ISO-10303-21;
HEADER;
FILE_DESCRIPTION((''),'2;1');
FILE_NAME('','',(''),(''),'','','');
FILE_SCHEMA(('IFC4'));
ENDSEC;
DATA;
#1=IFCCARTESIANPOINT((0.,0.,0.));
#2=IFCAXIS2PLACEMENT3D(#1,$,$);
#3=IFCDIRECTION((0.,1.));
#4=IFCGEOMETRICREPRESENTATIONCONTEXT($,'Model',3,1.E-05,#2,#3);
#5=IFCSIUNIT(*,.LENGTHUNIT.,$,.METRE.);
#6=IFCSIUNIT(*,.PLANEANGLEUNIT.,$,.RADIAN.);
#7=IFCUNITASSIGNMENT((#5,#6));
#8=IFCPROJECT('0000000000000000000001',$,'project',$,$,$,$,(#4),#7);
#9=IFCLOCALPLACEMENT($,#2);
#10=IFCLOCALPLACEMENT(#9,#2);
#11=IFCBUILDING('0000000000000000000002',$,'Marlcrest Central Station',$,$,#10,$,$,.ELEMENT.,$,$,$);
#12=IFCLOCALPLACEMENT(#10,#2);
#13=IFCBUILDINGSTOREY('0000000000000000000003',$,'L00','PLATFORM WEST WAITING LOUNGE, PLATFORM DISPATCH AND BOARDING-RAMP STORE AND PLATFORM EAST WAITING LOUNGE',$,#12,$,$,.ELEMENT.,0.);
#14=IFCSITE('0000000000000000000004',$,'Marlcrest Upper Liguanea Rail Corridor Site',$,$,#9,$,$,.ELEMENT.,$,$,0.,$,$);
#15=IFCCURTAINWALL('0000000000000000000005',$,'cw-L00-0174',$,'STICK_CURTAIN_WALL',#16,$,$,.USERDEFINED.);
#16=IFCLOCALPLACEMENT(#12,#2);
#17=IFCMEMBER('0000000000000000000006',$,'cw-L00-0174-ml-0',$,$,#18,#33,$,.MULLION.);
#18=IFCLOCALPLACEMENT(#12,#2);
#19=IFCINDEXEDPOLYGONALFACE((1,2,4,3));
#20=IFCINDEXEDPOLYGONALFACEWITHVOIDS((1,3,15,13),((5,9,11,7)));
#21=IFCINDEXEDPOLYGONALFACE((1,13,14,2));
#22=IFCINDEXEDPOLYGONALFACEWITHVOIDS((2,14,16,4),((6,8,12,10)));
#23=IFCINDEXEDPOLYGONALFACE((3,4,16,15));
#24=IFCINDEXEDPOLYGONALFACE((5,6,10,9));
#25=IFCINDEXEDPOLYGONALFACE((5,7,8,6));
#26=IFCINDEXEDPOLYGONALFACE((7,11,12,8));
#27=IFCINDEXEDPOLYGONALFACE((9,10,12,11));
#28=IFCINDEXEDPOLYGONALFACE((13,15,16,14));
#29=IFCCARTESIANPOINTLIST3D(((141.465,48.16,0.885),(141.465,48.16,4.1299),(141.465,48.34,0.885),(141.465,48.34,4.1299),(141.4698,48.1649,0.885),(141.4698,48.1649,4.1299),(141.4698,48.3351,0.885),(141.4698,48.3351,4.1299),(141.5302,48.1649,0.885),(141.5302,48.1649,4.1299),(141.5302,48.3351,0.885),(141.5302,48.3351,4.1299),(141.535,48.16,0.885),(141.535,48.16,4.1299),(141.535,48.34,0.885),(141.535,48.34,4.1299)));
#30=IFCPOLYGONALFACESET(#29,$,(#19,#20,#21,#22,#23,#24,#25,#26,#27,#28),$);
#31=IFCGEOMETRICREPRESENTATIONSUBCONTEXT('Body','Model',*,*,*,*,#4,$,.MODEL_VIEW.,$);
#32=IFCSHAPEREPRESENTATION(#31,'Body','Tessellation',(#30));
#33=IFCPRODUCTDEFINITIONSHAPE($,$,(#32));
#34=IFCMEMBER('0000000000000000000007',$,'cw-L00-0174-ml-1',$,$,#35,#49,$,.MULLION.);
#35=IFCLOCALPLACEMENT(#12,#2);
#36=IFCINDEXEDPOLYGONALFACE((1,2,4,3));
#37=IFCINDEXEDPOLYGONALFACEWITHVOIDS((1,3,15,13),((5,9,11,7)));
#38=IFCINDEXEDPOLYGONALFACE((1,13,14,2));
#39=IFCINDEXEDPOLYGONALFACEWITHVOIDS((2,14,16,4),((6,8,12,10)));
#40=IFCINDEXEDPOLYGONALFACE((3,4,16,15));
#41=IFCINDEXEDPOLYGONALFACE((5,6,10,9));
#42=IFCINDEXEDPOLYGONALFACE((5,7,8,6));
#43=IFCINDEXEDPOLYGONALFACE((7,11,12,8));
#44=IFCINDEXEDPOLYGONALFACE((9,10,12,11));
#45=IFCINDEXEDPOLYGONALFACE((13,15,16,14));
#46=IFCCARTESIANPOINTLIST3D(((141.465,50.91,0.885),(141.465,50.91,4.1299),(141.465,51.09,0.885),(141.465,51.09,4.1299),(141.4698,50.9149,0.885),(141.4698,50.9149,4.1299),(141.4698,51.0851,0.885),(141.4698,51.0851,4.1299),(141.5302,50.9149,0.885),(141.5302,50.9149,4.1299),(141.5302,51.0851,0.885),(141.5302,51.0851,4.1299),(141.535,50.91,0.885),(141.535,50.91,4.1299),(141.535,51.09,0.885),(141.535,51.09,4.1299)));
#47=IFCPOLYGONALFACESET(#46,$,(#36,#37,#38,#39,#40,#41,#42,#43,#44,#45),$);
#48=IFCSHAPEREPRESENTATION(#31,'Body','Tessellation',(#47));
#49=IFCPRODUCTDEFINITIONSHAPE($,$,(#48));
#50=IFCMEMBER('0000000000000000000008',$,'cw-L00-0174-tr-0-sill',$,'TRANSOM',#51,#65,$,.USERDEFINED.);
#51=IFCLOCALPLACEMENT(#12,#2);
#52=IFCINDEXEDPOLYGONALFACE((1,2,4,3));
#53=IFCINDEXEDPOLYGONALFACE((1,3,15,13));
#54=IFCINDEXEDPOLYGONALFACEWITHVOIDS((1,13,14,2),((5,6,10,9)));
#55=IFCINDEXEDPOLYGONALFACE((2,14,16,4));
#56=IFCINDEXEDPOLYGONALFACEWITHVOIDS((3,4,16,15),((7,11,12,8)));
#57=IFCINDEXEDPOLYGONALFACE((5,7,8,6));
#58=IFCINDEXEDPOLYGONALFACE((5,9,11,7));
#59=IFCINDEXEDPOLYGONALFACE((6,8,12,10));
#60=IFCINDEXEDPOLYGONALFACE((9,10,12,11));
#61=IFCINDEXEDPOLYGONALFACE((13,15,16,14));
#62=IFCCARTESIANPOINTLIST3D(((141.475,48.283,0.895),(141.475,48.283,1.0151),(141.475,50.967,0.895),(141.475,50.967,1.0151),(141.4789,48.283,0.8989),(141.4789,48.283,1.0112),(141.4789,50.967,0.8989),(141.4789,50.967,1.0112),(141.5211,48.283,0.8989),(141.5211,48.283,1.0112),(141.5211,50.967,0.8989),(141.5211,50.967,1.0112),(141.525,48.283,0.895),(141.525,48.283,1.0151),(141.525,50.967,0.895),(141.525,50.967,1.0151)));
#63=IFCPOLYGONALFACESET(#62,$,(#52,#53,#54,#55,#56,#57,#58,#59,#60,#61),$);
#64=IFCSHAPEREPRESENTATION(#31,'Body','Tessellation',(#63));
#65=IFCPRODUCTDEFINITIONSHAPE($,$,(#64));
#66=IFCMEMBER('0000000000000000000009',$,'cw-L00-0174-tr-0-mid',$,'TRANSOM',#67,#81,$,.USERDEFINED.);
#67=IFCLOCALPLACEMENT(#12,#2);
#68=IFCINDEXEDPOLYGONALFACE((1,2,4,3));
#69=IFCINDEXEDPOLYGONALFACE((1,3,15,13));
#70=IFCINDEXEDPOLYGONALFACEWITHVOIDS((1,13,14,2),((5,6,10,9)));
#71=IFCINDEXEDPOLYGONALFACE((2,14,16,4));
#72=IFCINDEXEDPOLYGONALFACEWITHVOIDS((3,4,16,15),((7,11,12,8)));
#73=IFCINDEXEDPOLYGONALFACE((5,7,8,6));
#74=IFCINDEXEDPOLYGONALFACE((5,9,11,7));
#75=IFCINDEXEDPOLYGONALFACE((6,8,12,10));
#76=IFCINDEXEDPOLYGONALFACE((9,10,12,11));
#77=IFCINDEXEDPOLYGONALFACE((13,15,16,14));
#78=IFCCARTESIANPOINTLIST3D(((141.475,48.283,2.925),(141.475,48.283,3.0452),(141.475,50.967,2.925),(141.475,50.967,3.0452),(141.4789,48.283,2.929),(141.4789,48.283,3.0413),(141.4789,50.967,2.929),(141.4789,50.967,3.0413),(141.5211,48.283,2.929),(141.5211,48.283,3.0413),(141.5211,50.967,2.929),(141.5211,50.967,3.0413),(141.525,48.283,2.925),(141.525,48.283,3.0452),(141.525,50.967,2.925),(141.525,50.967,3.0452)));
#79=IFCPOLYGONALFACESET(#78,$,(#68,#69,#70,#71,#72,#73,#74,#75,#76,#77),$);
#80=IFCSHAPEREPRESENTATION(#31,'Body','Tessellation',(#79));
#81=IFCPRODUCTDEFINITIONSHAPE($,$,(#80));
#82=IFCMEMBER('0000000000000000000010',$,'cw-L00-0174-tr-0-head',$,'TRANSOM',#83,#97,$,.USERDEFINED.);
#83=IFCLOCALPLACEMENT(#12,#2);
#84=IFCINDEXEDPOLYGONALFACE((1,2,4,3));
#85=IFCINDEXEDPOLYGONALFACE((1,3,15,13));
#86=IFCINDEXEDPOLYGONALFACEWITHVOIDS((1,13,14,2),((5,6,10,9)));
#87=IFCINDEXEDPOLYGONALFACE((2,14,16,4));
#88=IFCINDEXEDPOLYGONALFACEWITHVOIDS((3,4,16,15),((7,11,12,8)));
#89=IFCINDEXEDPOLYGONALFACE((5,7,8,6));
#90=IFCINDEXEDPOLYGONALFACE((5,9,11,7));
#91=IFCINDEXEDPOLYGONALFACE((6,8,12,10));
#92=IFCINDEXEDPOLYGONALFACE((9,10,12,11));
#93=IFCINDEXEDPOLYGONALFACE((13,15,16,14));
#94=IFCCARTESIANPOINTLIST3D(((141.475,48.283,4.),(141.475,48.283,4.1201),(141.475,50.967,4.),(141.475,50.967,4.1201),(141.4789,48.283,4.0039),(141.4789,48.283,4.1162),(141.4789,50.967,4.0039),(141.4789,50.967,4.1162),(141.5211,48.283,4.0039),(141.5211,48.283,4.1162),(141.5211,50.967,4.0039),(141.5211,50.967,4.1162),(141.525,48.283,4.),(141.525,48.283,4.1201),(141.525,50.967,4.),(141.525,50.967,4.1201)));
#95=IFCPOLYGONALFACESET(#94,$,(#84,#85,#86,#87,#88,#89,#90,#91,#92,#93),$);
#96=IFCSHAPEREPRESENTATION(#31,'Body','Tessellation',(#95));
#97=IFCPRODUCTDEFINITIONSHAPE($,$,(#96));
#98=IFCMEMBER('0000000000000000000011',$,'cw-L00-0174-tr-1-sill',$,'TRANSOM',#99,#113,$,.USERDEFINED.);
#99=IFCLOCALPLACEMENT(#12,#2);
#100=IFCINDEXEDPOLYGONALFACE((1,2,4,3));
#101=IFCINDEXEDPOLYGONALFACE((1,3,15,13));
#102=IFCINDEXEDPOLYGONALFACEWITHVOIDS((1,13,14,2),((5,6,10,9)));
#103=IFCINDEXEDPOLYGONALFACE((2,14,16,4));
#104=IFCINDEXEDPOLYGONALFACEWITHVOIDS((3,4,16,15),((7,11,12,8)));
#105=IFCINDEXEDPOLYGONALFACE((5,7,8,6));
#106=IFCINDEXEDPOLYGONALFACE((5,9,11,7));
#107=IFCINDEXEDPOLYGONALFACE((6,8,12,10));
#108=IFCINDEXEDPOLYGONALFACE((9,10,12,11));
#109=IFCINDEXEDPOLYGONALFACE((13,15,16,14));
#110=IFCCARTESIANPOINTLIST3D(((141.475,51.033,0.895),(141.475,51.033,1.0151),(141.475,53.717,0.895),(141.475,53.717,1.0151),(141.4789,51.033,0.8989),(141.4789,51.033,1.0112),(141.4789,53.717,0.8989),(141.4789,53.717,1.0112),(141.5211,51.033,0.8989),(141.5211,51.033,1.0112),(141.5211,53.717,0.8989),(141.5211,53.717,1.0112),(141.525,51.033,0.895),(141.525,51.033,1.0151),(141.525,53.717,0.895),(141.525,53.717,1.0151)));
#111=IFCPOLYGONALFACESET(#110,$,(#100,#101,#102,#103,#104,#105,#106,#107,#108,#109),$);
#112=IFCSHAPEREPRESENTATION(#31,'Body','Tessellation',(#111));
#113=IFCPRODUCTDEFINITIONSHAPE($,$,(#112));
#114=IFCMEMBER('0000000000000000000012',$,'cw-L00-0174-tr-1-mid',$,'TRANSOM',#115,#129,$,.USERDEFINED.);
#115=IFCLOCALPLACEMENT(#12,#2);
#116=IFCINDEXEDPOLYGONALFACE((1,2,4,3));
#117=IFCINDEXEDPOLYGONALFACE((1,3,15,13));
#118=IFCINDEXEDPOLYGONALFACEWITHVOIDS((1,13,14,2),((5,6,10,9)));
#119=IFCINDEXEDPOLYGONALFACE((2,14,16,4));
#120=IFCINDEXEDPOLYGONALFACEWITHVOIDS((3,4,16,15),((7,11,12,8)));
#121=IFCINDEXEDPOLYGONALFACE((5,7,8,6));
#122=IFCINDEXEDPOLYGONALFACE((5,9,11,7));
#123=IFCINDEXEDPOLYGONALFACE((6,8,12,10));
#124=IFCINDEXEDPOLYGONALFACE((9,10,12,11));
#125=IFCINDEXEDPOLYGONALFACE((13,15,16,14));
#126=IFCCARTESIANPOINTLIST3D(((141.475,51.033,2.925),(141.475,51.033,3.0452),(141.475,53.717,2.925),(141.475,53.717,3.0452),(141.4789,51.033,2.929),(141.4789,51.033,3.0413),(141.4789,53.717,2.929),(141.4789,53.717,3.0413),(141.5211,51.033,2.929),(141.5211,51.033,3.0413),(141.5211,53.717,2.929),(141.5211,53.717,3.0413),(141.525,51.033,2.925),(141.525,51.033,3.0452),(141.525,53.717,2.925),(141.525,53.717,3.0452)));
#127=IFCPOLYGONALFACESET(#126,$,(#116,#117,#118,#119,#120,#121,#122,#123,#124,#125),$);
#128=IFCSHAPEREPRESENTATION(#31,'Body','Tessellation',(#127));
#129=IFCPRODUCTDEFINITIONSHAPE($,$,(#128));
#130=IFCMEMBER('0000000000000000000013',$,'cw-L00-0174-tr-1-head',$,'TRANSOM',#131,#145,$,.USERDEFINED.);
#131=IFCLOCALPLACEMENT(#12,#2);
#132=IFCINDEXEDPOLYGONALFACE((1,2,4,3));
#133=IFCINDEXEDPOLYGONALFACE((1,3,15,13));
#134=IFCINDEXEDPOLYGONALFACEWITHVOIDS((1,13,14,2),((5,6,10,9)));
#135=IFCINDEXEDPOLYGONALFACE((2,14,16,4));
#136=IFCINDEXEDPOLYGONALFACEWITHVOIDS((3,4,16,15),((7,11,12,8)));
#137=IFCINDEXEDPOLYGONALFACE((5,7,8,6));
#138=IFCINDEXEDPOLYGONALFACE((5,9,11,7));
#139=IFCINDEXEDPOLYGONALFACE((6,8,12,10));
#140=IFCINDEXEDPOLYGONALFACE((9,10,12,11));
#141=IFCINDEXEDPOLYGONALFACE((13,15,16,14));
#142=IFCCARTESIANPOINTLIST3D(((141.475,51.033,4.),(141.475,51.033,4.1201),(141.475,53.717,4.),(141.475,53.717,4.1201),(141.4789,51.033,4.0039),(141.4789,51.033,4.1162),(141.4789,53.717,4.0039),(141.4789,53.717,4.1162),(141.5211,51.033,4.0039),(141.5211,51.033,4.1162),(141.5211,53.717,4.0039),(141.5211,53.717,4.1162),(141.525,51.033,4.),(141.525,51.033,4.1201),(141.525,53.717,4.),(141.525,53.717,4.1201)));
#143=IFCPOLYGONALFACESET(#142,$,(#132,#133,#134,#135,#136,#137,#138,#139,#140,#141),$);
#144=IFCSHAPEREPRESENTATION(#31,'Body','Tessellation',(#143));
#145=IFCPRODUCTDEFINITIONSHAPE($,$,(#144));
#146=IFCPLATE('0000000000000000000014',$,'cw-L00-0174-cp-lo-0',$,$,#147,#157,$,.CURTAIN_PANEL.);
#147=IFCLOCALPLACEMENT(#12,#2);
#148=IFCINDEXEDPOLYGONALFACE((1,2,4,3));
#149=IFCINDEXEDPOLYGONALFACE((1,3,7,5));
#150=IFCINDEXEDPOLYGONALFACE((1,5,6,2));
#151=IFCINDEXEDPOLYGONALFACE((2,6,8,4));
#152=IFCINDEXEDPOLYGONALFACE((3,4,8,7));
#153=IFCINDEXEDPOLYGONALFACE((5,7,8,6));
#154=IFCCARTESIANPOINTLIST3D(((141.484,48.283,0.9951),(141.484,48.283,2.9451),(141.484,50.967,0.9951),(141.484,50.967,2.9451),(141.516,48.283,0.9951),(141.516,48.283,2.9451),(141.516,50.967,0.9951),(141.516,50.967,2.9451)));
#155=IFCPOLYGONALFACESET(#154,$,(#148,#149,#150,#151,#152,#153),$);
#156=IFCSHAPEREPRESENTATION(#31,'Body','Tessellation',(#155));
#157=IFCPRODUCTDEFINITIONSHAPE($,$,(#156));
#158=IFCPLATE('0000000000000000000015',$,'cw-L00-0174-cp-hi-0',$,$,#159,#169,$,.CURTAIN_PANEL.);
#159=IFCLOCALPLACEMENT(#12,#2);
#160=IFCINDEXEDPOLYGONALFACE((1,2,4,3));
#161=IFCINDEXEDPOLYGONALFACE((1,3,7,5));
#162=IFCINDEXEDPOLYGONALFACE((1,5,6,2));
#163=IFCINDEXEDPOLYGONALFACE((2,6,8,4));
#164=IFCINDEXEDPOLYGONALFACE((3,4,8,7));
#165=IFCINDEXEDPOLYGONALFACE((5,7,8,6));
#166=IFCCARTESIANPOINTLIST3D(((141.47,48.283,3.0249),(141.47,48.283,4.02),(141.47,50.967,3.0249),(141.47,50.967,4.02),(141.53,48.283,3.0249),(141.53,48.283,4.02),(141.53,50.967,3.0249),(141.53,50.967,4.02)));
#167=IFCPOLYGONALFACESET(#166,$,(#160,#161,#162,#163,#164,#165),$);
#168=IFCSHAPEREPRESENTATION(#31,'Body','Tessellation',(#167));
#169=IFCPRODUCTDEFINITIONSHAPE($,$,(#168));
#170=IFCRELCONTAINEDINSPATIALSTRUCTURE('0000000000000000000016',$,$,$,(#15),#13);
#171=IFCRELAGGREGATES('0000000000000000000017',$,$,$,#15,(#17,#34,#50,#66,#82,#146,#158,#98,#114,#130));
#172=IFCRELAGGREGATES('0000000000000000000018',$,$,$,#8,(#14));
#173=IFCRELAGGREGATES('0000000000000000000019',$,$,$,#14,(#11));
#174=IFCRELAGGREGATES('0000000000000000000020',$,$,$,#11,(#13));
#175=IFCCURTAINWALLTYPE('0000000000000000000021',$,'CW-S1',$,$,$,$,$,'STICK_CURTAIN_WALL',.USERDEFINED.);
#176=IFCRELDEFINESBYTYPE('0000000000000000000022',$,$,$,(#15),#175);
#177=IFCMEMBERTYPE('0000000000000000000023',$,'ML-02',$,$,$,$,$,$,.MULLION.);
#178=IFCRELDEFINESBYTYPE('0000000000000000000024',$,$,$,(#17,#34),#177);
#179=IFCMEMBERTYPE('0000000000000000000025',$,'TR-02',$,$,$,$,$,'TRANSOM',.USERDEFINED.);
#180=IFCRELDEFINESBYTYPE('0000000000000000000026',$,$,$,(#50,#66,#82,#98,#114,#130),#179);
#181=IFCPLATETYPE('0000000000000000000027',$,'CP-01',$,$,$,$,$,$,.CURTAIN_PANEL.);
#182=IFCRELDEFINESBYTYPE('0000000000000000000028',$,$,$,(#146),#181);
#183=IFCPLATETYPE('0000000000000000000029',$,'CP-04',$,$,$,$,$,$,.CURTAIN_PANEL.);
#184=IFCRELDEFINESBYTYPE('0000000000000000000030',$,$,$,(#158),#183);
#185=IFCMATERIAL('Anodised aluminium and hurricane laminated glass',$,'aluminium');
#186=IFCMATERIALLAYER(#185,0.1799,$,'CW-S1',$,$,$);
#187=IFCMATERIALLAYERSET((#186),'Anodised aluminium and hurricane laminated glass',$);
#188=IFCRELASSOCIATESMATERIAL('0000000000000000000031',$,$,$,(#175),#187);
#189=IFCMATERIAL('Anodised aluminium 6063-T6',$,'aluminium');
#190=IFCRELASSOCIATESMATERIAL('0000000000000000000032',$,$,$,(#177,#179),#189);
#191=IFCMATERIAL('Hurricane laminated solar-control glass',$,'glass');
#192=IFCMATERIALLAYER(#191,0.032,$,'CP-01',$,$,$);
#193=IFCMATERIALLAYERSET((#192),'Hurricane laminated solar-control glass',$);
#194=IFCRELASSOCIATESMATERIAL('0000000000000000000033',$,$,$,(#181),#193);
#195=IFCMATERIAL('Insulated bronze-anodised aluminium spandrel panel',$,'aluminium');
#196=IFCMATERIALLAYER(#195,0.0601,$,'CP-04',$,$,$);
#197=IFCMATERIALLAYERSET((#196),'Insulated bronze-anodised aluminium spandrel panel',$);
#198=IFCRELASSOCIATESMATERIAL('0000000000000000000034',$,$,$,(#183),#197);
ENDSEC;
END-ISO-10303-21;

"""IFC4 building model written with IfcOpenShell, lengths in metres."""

from ifc_helpers import new_model, si_unit, direction, frame, origin, origin_2d, place, context, subcontext, project, spatial, rectangle, hollow_rectangle, extrude, material, layer, layer_set, material_profile, profile_set, type_object, element, aggregate, save


model = new_model("IFC4")

# Units and contexts
model_context = context("Model", 3, precision=1e-05, world=origin(), true_north=direction((0.0, 1.0)))
body_context = subcontext(model_context, "Body", "Model", "MODEL_VIEW")
ifc_project = project(units=[si_unit("LENGTHUNIT", "METRE"), si_unit("PLANEANGLEUNIT", "RADIAN")], contexts=[model_context])

# Site, building, storey
site_placement = place(None, origin())
site = spatial("IfcSite", under=ifc_project, at=site_placement, Name="Marlcrest Upper Liguanea Rail Corridor Site", CompositionType="ELEMENT", RefElevation=0.0)
building_placement = place(site_placement, origin())
building = spatial("IfcBuilding", under=site, at=building_placement, Name="Marlcrest Central Station", CompositionType="ELEMENT")
storey_placement = place(building_placement, origin())
storey = spatial("IfcBuildingStorey", under=building, at=storey_placement, Name="L00", Description="PLATFORM WEST WAITING LOUNGE, PLATFORM DISPATCH AND BOARDING-RAMP STORE AND PLATFORM EAST WAITING LOUNGE", CompositionType="ELEMENT", Elevation=0.0)

# Shared definitions
ifc_material_1 = material(Name="Anodised aluminium and hurricane laminated glass", Category="aluminium")
ifc_layer_1 = layer(ifc_material_1, 0.1799, Name="CW-S1")
ifc_layer_set_1 = layer_set([ifc_layer_1], Name="Anodised aluminium and hurricane laminated glass")
curtain_wall_type = type_object("IfcCurtainWallType", Name="CW-S1", ElementType="STICK_CURTAIN_WALL", PredefinedType="USERDEFINED", material=ifc_layer_set_1)
ifc_material_2 = material(Name="Anodised aluminium 6063-T6", Category="aluminium")
ifc_material_profile_1 = material_profile(ifc_material_2, hollow_rectangle(XDim=0.0701, YDim=0.1799, WallThickness=0.0049, at=origin_2d()), Name="AA-RHS 180x70x5")
ifc_profile_set_1 = profile_set([ifc_material_profile_1], Name="Anodised aluminium 6063-T6")
member_type_1 = type_object("IfcMemberType", Name="ML-02", PredefinedType="MULLION", material=ifc_profile_set_1)

# Curtain wall, members, plates
curtain_wall_1_placement = place(storey_placement, origin())
curtain_wall_1 = element("IfcCurtainWall", 1, at=curtain_wall_1_placement, inside=storey, type_object=curtain_wall_type, Name="cw-L00-0174", ObjectType="STICK_CURTAIN_WALL", PredefinedType="USERDEFINED")
member_1_placement = place(storey_placement, frame((141.5, 48.25, 0.885), z_axis=(0.0, 0.0, 1.0), x_axis=(1.0, 0.0, 0.0)))
member_1 = element("IfcMember", 2, at=member_1_placement, type_object=member_type_1, Name="cw-L00-0174-ml-0", PredefinedType="MULLION", context=body_context, shape_type="SweptSolid", body=[
    extrude(hollow_rectangle(XDim=0.0701, YDim=0.1799, WallThickness=0.0049, at=origin_2d()), origin(), (0.0, 0.0, 1.0), 3.2449),
])
member_2_placement = place(storey_placement, frame((141.5, 51.0, 0.885), z_axis=(0.0, 0.0, 1.0), x_axis=(1.0, 0.0, 0.0)))
member_2 = element("IfcMember", 3, at=member_2_placement, type_object=member_type_1, Name="cw-L00-0174-ml-1", PredefinedType="MULLION", context=body_context, shape_type="SweptSolid", body=[
    extrude(hollow_rectangle(XDim=0.0701, YDim=0.1799, WallThickness=0.0049, at=origin_2d()), origin(), (0.0, 0.0, 1.0), 3.2449),
])
ifc_material_profile_2 = material_profile(ifc_material_2, hollow_rectangle(XDim=0.05, YDim=0.1201, WallThickness=0.0039, at=origin_2d()), Name="AA-RHS 120x50x4")
ifc_profile_set_2 = profile_set([ifc_material_profile_2], Name="Anodised aluminium 6063-T6")
member_type_2 = type_object("IfcMemberType", Name="TR-02", ElementType="TRANSOM", PredefinedType="USERDEFINED", material=ifc_profile_set_2)
member_3_placement = place(storey_placement, frame((141.5, 48.283, 0.9551), z_axis=(0.0, 1.0, 0.0), x_axis=(-1.0, 0.0, 0.0)))
member_3 = element("IfcMember", 4, at=member_3_placement, type_object=member_type_2, Name="cw-L00-0174-tr-0-sill", ObjectType="TRANSOM", PredefinedType="USERDEFINED", context=body_context, shape_type="SweptSolid", body=[
    extrude(hollow_rectangle(XDim=0.05, YDim=0.1201, WallThickness=0.0039, at=origin_2d()), origin(), (0.0, 0.0, 1.0), 2.6841),
])
member_4_placement = place(storey_placement, frame((141.5, 48.283, 2.9851), z_axis=(0.0, 1.0, 0.0), x_axis=(-1.0, 0.0, 0.0)))
member_4 = element("IfcMember", 5, at=member_4_placement, type_object=member_type_2, Name="cw-L00-0174-tr-0-mid", ObjectType="TRANSOM", PredefinedType="USERDEFINED", context=body_context, shape_type="SweptSolid", body=[
    extrude(hollow_rectangle(XDim=0.05, YDim=0.1201, WallThickness=0.0039, at=origin_2d()), origin(), (0.0, 0.0, 1.0), 2.6841),
])
member_5_placement = place(storey_placement, frame((141.5, 48.283, 4.0601), z_axis=(0.0, 1.0, 0.0), x_axis=(-1.0, 0.0, 0.0)))
member_5 = element("IfcMember", 6, at=member_5_placement, type_object=member_type_2, Name="cw-L00-0174-tr-0-head", ObjectType="TRANSOM", PredefinedType="USERDEFINED", context=body_context, shape_type="SweptSolid", body=[
    extrude(hollow_rectangle(XDim=0.05, YDim=0.1201, WallThickness=0.0039, at=origin_2d()), origin(), (0.0, 0.0, 1.0), 2.6841),
])
member_6_placement = place(storey_placement, frame((141.5, 51.033, 0.9551), z_axis=(0.0, 1.0, 0.0), x_axis=(-1.0, 0.0, 0.0)))
member_6 = element("IfcMember", 7, at=member_6_placement, type_object=member_type_2, Name="cw-L00-0174-tr-1-sill", ObjectType="TRANSOM", PredefinedType="USERDEFINED", context=body_context, shape_type="SweptSolid", body=[
    extrude(hollow_rectangle(XDim=0.05, YDim=0.1201, WallThickness=0.0039, at=origin_2d()), origin(), (0.0, 0.0, 1.0), 2.6841),
])
member_7_placement = place(storey_placement, frame((141.5, 51.033, 2.9851), z_axis=(0.0, 1.0, 0.0), x_axis=(-1.0, 0.0, 0.0)))
member_7 = element("IfcMember", 8, at=member_7_placement, type_object=member_type_2, Name="cw-L00-0174-tr-1-mid", ObjectType="TRANSOM", PredefinedType="USERDEFINED", context=body_context, shape_type="SweptSolid", body=[
    extrude(hollow_rectangle(XDim=0.05, YDim=0.1201, WallThickness=0.0039, at=origin_2d()), origin(), (0.0, 0.0, 1.0), 2.6841),
])
member_8_placement = place(storey_placement, frame((141.5, 51.033, 4.0601), z_axis=(0.0, 1.0, 0.0), x_axis=(-1.0, 0.0, 0.0)))
member_8 = element("IfcMember", 9, at=member_8_placement, type_object=member_type_2, Name="cw-L00-0174-tr-1-head", ObjectType="TRANSOM", PredefinedType="USERDEFINED", context=body_context, shape_type="SweptSolid", body=[
    extrude(hollow_rectangle(XDim=0.05, YDim=0.1201, WallThickness=0.0039, at=origin_2d()), origin(), (0.0, 0.0, 1.0), 2.6841),
])
ifc_material_3 = material(Name="Hurricane laminated solar-control glass", Category="glass")
ifc_layer_2 = layer(ifc_material_3, 0.032, Name="CP-01")
ifc_layer_set_2 = layer_set([ifc_layer_2], Name="Hurricane laminated solar-control glass")
plate_type_1 = type_object("IfcPlateType", Name="CP-01", PredefinedType="CURTAIN_PANEL", material=ifc_layer_set_2)
plate_1_placement = place(storey_placement, frame((141.5, 49.625, 0.9951), z_axis=(0.0, 0.0, 1.0), x_axis=(0.0, 1.0, 0.0)))
plate_1 = element("IfcPlate", 10, at=plate_1_placement, type_object=plate_type_1, Name="cw-L00-0174-cp-lo-0", PredefinedType="CURTAIN_PANEL", context=body_context, shape_type="SweptSolid", body=[
    extrude(rectangle(XDim=2.6841, YDim=0.032, at=origin_2d()), origin(), (0.0, 0.0, 1.0), 1.95),
])
ifc_material_4 = material(Name="Insulated bronze-anodised aluminium spandrel panel", Category="aluminium")
ifc_layer_3 = layer(ifc_material_4, 0.0601, Name="CP-04")
ifc_layer_set_3 = layer_set([ifc_layer_3], Name="Insulated bronze-anodised aluminium spandrel panel")
plate_type_2 = type_object("IfcPlateType", Name="CP-04", PredefinedType="CURTAIN_PANEL", material=ifc_layer_set_3)
plate_2_placement = place(storey_placement, frame((141.5, 49.625, 3.0249), z_axis=(0.0, 0.0, 1.0), x_axis=(0.0, 1.0, 0.0)))
plate_2 = element("IfcPlate", 11, at=plate_2_placement, type_object=plate_type_2, Name="cw-L00-0174-cp-hi-0", PredefinedType="CURTAIN_PANEL", context=body_context, shape_type="SweptSolid", body=[
    extrude(rectangle(XDim=2.6841, YDim=0.0601, at=origin_2d()), origin(), (0.0, 0.0, 1.0), 0.9951),
])
aggregate(curtain_wall_1, [member_1, member_2, member_3, member_4, member_5, plate_1, plate_2, member_6, member_7, member_8])

save(model, "model.ifc")
